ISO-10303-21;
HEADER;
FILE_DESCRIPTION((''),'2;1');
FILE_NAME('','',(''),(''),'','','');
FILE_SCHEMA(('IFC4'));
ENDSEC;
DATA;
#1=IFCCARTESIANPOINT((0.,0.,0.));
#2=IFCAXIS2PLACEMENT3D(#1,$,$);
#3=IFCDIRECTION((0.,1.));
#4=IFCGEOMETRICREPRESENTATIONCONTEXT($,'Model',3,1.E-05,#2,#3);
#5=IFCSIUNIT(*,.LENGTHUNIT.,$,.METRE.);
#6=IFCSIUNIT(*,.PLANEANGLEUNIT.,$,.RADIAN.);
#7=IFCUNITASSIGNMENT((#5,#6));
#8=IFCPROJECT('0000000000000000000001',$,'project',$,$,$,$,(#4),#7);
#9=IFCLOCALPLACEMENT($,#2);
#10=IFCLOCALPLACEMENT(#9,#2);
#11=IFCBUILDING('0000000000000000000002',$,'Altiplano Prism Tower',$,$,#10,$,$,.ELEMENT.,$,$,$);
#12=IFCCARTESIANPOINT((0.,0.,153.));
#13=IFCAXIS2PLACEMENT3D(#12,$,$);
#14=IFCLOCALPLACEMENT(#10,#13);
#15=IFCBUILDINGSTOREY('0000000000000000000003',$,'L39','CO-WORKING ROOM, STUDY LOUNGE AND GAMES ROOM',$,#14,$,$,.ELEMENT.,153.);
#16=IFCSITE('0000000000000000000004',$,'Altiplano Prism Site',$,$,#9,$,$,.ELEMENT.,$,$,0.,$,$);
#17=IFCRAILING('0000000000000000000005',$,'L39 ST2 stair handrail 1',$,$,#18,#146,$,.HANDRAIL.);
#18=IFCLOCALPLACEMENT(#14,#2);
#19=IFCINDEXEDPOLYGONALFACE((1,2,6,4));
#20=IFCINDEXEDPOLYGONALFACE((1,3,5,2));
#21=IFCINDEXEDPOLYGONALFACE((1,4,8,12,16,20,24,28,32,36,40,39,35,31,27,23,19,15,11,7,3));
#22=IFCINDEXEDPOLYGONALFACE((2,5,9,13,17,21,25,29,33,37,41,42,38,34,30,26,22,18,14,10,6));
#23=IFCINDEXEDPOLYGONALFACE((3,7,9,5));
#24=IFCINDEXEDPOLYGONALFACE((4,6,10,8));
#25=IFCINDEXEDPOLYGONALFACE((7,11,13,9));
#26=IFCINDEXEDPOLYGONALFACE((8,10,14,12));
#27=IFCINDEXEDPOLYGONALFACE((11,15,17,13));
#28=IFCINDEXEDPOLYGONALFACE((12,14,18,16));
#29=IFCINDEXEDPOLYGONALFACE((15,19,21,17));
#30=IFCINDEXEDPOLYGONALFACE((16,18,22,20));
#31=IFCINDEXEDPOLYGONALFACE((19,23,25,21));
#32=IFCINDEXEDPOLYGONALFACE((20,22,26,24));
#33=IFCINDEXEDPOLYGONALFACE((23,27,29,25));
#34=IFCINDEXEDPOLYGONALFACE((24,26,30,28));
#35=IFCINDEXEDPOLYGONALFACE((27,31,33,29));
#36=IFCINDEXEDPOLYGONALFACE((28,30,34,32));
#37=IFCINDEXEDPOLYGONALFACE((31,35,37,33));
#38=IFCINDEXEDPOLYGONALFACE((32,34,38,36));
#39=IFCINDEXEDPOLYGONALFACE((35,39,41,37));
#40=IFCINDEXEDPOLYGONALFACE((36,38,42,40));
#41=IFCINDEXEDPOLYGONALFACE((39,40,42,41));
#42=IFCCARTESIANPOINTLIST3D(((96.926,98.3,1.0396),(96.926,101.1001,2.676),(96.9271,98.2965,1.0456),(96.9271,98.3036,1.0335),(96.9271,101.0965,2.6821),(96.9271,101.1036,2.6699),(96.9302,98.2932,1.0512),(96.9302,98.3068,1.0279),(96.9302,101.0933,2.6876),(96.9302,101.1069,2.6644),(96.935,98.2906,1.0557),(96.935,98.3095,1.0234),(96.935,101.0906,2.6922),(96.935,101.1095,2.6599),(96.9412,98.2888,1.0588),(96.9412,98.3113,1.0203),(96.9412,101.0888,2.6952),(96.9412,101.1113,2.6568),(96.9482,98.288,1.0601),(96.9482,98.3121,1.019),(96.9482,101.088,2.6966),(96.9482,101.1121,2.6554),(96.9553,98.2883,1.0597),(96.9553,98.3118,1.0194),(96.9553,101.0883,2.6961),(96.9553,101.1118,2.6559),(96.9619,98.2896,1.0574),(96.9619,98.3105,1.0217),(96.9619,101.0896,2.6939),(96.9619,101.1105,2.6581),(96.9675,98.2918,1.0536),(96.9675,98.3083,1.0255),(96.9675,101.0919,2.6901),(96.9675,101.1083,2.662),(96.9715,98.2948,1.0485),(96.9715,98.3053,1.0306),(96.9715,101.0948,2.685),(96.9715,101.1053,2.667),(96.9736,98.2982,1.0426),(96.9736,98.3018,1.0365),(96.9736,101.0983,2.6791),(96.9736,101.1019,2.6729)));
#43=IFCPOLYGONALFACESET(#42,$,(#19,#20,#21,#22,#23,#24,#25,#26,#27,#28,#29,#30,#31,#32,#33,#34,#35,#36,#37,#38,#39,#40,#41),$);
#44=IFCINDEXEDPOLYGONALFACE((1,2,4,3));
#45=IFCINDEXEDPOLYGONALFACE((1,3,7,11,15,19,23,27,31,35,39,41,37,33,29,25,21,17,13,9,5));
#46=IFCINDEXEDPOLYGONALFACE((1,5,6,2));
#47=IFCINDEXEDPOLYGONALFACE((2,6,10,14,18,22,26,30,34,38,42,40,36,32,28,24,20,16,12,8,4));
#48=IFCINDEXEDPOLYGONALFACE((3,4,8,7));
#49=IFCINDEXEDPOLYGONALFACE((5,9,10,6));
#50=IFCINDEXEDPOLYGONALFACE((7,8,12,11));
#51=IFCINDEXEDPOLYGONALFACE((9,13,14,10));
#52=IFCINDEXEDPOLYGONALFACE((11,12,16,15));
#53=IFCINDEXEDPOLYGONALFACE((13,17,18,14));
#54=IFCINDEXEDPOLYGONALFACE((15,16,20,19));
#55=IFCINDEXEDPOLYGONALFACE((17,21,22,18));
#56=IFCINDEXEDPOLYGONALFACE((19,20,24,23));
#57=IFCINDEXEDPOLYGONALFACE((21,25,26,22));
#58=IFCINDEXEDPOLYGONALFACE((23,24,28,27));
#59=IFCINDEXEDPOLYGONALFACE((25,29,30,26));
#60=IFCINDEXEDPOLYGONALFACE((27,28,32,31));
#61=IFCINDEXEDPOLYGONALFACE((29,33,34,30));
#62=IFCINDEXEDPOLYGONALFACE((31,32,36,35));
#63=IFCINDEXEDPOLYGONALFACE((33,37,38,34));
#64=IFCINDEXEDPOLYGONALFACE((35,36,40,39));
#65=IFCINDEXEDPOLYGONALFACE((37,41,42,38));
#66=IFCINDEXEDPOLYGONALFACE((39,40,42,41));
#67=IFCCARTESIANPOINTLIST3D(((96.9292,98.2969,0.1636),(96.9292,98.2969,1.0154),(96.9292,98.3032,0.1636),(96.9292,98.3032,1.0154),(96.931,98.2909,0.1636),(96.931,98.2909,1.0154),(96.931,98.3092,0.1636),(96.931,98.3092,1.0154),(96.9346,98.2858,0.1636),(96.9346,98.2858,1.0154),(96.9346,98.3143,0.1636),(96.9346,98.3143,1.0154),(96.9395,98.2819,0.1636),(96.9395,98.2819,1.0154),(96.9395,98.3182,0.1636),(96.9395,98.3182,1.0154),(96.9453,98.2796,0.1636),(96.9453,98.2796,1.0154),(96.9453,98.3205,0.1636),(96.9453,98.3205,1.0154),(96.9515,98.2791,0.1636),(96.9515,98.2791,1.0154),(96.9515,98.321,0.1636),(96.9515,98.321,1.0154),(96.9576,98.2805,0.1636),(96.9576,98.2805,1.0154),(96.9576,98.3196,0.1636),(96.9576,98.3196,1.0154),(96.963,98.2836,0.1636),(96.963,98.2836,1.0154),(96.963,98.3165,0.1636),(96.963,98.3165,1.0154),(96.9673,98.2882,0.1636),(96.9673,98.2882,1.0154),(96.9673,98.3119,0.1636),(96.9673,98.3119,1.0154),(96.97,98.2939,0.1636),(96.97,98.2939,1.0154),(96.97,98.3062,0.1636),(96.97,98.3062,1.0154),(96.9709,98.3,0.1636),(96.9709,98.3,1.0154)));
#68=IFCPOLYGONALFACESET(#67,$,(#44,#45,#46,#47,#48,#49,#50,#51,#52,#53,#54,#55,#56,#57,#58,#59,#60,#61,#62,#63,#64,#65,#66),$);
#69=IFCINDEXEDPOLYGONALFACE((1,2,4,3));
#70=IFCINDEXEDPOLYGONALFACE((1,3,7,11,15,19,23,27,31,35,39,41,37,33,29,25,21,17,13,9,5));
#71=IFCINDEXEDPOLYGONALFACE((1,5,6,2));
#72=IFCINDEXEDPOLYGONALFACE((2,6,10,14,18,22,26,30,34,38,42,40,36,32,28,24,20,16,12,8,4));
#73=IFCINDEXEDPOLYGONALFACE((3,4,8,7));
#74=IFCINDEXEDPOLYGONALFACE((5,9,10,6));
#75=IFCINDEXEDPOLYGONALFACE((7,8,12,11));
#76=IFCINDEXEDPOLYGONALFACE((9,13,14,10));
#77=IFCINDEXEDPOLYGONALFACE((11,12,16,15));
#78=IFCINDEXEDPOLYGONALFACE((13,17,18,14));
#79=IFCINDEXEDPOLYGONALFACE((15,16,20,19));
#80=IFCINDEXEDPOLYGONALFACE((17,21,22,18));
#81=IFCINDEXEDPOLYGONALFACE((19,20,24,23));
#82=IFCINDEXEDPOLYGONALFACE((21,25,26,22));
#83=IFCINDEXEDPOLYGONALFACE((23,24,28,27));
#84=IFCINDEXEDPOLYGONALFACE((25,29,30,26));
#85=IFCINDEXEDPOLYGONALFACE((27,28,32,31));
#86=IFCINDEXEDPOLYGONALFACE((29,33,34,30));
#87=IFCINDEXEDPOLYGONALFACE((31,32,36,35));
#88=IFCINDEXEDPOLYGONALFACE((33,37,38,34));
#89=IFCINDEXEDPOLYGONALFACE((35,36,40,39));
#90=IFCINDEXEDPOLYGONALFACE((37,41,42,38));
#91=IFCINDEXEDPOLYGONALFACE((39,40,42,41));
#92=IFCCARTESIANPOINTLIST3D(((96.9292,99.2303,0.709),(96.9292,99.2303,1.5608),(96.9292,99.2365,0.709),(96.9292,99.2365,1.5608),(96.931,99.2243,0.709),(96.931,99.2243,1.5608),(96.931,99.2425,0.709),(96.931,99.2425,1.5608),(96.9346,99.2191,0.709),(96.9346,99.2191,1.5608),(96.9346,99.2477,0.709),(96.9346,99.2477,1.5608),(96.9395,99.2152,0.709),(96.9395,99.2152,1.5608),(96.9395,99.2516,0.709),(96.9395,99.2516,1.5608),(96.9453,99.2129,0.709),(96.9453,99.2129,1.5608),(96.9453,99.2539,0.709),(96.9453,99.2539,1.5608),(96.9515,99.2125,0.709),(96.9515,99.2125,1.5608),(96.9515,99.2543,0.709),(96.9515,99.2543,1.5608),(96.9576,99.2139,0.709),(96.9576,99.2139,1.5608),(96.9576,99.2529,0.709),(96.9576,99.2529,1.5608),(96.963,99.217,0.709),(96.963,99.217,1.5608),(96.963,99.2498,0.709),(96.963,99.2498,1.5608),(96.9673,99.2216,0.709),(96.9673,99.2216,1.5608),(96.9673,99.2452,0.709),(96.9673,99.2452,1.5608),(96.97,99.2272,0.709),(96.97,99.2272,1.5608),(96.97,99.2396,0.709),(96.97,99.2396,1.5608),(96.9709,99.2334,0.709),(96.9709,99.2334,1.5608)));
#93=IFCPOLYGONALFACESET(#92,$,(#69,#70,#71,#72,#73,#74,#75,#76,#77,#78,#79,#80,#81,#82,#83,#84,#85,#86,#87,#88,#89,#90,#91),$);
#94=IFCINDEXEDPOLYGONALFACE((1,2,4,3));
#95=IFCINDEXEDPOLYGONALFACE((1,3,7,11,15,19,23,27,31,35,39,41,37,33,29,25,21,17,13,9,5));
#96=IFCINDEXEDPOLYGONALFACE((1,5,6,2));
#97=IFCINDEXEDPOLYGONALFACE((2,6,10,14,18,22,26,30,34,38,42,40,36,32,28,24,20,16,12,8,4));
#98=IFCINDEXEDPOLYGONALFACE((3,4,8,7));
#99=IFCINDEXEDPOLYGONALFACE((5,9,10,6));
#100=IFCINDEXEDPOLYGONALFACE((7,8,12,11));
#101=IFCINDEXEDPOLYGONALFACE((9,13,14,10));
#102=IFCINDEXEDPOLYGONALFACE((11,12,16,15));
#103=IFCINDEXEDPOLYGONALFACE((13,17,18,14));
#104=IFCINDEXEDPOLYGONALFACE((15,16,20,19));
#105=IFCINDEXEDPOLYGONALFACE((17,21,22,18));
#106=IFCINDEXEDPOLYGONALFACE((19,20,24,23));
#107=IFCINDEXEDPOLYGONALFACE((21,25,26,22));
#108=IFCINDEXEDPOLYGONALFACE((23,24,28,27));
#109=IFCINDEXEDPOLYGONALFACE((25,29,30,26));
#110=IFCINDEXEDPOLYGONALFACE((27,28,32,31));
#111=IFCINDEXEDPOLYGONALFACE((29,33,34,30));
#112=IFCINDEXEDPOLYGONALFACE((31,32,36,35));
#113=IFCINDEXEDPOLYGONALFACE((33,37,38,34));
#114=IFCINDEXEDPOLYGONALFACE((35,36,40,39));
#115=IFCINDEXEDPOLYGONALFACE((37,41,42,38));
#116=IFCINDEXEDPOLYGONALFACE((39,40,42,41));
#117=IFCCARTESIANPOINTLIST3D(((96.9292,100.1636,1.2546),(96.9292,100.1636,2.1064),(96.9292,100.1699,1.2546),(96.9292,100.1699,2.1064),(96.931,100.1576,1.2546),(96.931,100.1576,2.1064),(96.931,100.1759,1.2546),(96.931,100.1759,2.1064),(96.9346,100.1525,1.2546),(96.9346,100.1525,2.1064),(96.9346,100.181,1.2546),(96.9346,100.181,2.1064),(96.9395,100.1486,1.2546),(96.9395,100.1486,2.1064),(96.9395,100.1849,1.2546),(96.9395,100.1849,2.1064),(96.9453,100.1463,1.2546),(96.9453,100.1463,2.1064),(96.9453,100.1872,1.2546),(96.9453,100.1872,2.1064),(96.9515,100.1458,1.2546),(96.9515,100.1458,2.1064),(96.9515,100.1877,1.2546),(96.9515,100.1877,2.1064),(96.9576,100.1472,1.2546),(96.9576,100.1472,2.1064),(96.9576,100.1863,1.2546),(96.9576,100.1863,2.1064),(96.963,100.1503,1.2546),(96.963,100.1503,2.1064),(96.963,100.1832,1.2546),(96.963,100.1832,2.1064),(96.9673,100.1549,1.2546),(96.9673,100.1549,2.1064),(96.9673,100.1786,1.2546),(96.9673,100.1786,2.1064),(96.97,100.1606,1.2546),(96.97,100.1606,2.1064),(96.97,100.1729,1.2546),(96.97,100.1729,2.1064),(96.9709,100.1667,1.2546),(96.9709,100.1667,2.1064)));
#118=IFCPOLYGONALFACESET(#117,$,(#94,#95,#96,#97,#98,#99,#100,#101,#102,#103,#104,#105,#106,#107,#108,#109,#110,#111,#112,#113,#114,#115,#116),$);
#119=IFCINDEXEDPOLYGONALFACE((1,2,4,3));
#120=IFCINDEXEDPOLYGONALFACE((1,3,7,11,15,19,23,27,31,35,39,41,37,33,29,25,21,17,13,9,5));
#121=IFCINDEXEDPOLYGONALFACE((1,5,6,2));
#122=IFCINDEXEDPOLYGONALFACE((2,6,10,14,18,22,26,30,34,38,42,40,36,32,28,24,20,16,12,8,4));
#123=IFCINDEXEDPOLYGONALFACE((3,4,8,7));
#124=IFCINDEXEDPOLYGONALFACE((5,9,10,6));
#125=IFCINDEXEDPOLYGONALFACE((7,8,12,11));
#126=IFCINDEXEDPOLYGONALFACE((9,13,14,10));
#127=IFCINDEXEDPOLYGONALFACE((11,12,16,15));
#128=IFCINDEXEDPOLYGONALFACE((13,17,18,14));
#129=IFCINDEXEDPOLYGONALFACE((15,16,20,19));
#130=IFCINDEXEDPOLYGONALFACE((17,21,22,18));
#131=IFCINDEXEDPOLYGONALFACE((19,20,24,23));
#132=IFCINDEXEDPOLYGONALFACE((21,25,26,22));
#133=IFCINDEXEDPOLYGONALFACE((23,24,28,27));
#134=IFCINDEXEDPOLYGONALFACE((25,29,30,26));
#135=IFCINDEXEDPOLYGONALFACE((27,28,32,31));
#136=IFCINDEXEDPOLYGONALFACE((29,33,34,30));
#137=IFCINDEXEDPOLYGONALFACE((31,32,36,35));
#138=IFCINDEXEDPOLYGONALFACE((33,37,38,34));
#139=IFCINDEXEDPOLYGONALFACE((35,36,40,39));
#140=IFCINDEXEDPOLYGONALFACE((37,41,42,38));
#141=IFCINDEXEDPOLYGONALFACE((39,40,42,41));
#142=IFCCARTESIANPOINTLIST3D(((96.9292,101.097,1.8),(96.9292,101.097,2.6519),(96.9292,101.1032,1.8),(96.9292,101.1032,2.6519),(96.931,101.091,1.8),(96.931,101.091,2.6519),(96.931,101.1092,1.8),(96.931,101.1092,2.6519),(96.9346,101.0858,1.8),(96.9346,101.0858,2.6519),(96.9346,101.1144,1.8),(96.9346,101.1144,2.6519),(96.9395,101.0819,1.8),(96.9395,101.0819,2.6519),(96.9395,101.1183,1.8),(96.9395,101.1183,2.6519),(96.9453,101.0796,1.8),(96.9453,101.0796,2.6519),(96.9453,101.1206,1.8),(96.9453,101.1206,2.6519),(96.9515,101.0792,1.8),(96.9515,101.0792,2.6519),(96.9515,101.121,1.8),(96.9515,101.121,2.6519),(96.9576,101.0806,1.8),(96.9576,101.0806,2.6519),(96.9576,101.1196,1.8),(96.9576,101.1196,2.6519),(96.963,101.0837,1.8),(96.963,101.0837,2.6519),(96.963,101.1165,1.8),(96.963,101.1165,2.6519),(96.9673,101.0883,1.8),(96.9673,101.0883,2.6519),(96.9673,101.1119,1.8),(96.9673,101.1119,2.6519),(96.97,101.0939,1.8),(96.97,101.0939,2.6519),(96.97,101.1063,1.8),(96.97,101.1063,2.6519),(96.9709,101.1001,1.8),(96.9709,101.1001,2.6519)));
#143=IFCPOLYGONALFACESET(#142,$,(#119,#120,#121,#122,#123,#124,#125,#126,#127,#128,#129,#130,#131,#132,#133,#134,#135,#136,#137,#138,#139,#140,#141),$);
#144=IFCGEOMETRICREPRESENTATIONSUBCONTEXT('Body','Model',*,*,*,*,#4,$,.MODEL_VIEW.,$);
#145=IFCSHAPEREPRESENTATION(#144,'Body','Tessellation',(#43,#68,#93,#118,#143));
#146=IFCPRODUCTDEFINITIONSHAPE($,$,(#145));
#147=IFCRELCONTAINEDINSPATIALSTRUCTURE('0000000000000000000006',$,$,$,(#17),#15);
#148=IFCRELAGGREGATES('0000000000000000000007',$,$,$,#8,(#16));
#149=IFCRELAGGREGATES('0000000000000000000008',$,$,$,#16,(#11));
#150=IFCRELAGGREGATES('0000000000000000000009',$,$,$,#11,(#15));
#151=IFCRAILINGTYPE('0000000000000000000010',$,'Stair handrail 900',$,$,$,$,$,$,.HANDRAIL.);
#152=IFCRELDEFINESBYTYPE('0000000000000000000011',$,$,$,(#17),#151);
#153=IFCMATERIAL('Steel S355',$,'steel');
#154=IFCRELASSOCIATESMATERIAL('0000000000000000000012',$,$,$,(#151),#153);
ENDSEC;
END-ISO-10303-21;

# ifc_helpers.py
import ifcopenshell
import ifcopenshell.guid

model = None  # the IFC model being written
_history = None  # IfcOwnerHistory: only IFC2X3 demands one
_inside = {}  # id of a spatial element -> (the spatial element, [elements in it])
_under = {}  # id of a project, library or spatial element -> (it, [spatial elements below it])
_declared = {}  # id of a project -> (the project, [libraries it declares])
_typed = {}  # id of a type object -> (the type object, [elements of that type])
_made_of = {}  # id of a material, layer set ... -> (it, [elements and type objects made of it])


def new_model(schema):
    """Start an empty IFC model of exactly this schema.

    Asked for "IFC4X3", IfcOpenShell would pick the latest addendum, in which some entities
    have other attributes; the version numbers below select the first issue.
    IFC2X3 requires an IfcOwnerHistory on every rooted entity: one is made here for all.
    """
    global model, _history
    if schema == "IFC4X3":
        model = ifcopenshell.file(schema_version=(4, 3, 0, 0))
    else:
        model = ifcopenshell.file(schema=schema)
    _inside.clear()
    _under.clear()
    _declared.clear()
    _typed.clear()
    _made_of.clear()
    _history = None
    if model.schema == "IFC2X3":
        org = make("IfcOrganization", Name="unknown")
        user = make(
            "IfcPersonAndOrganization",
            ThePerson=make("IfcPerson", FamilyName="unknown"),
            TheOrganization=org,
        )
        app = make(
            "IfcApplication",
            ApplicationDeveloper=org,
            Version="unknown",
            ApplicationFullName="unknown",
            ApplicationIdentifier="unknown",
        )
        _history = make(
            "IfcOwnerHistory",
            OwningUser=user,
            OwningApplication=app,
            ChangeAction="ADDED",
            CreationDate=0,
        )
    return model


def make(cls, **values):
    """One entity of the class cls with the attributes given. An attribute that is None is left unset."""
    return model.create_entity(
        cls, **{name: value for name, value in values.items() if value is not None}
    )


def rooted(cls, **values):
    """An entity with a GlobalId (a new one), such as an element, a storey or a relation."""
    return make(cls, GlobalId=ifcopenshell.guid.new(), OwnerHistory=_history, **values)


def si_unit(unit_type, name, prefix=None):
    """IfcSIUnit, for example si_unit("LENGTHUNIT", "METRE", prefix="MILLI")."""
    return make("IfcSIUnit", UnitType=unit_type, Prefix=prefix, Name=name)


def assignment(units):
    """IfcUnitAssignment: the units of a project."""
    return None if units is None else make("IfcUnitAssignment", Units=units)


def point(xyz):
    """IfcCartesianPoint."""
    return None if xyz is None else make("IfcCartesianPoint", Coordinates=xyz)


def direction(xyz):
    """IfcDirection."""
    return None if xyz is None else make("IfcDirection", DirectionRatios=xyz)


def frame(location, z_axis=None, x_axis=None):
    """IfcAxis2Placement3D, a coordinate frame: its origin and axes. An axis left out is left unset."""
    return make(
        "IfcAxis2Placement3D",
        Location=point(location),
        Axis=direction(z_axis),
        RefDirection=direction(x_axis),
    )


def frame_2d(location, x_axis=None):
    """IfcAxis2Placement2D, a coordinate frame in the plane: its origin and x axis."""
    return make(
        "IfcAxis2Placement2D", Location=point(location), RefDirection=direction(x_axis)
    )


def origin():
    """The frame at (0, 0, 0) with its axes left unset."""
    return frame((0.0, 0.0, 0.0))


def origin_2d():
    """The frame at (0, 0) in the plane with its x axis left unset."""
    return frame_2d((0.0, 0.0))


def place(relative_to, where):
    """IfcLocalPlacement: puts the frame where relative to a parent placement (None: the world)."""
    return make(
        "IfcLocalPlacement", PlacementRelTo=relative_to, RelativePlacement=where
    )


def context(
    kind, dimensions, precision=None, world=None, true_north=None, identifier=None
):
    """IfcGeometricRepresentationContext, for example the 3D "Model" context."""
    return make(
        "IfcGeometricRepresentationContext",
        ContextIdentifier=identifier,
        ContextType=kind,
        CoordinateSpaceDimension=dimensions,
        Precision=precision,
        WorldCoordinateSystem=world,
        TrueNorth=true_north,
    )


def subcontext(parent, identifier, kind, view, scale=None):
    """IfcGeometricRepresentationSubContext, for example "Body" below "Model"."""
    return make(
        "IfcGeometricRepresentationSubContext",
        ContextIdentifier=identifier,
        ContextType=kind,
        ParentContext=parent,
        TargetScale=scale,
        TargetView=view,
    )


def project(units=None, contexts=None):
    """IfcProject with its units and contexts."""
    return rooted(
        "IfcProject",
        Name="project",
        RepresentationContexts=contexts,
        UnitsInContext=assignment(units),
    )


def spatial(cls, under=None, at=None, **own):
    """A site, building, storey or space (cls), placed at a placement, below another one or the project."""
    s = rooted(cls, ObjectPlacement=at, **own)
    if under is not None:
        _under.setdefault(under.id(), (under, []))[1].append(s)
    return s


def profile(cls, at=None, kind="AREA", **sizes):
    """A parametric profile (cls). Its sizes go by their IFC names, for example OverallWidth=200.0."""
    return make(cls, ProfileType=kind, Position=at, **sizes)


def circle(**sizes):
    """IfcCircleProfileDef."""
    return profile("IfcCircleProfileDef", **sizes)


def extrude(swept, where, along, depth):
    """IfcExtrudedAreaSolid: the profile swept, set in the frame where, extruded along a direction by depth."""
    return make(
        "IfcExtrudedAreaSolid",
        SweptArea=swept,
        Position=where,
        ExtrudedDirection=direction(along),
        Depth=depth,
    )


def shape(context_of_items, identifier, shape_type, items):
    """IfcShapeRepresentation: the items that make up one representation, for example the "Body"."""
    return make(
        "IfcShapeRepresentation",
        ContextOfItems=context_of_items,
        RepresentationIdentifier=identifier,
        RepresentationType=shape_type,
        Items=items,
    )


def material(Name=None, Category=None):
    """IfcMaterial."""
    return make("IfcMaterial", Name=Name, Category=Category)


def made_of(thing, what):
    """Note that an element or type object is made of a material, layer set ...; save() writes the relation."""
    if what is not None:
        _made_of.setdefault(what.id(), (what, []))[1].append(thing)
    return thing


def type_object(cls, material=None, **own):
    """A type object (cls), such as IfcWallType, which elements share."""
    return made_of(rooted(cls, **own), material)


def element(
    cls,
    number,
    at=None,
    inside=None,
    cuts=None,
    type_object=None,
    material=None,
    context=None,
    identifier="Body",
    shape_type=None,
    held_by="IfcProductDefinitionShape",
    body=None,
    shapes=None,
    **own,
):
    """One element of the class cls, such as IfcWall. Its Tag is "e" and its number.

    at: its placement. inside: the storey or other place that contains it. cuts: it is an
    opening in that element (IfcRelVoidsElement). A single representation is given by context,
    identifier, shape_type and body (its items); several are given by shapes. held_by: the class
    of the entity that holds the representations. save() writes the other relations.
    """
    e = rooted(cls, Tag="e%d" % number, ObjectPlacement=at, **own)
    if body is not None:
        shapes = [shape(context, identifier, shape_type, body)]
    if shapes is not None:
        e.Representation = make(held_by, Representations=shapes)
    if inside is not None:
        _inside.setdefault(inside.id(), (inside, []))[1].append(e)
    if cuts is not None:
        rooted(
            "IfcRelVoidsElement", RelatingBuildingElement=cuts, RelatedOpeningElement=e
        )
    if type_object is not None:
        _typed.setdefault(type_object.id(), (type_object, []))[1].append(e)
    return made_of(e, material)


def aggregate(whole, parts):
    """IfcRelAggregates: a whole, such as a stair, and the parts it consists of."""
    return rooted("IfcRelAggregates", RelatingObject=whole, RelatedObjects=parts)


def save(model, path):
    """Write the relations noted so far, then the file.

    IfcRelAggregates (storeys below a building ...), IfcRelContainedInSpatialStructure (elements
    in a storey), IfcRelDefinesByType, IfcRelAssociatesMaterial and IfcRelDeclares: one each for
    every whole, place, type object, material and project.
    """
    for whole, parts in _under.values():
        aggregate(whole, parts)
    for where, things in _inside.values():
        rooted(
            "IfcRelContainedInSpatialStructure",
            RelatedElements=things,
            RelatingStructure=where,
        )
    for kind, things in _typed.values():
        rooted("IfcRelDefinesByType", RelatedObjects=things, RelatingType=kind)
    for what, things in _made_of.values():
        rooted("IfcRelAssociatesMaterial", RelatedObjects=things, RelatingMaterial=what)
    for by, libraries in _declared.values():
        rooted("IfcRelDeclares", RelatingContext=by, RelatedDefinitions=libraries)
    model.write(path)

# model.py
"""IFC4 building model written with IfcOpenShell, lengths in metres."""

from ifc_helpers import new_model, si_unit, direction, frame, origin, origin_2d, place, context, subcontext, project, spatial, circle, extrude, material, type_object, element, save


model = new_model("IFC4")

# Units and contexts
model_context = context("Model", 3, precision=1e-05, world=origin(), true_north=direction((0.0, 1.0)))
body_context = subcontext(model_context, "Body", "Model", "MODEL_VIEW")
ifc_project = project(units=[si_unit("LENGTHUNIT", "METRE"), si_unit("PLANEANGLEUNIT", "RADIAN")], contexts=[model_context])

# Site, building, storey
site_placement = place(None, origin())
site = spatial("IfcSite", under=ifc_project, at=site_placement, Name="Altiplano Prism Site", CompositionType="ELEMENT", RefElevation=0.0)
building_placement = place(site_placement, origin())
building = spatial("IfcBuilding", under=site, at=building_placement, Name="Altiplano Prism Tower", CompositionType="ELEMENT")
storey_placement = place(building_placement, frame((0.0, 0.0, 153.0)))
storey = spatial("IfcBuildingStorey", under=building, at=storey_placement, Name="L39", Description="CO-WORKING ROOM, STUDY LOUNGE AND GAMES ROOM", CompositionType="ELEMENT", Elevation=153.0)

# Railing
ifc_material_1 = material(Name="Steel S355", Category="steel")
railing_type_1 = type_object("IfcRailingType", Name="Stair handrail 900", PredefinedType="HANDRAIL", material=ifc_material_1)
railing_1_placement = place(storey_placement, frame((96.95, 98.3, 0.1636)))
element("IfcRailing", 1, at=railing_1_placement, inside=storey, type_object=railing_type_1, Name="L39 ST2 stair handrail 1", PredefinedType="HANDRAIL", context=body_context, shape_type="SweptSolid", body=[
    extrude(circle(Radius=0.0239, at=origin_2d()), frame((0.0, 0.0, 0.876), z_axis=(0.0, 0.863361, 0.504587), x_axis=(-1.0, 0.0, 0.0)), (0.0, 0.0, 1.0), 3.2432),
    extrude(circle(Radius=0.021, at=origin_2d()), origin(), (0.0, 0.0, 1.0), 0.8518),
    extrude(circle(Radius=0.021, at=origin_2d()), frame((0.0, 0.9333, 0.5454)), (0.0, 0.0, 1.0), 0.8518),
    extrude(circle(Radius=0.021, at=origin_2d()), frame((0.0, 1.8667, 1.0911)), (0.0, 0.0, 1.0), 0.8518),
    extrude(circle(Radius=0.021, at=origin_2d()), frame((0.0, 2.8, 1.6365)), (0.0, 0.0, 1.0), 0.8518),
])

save(model, "model.ifc")
